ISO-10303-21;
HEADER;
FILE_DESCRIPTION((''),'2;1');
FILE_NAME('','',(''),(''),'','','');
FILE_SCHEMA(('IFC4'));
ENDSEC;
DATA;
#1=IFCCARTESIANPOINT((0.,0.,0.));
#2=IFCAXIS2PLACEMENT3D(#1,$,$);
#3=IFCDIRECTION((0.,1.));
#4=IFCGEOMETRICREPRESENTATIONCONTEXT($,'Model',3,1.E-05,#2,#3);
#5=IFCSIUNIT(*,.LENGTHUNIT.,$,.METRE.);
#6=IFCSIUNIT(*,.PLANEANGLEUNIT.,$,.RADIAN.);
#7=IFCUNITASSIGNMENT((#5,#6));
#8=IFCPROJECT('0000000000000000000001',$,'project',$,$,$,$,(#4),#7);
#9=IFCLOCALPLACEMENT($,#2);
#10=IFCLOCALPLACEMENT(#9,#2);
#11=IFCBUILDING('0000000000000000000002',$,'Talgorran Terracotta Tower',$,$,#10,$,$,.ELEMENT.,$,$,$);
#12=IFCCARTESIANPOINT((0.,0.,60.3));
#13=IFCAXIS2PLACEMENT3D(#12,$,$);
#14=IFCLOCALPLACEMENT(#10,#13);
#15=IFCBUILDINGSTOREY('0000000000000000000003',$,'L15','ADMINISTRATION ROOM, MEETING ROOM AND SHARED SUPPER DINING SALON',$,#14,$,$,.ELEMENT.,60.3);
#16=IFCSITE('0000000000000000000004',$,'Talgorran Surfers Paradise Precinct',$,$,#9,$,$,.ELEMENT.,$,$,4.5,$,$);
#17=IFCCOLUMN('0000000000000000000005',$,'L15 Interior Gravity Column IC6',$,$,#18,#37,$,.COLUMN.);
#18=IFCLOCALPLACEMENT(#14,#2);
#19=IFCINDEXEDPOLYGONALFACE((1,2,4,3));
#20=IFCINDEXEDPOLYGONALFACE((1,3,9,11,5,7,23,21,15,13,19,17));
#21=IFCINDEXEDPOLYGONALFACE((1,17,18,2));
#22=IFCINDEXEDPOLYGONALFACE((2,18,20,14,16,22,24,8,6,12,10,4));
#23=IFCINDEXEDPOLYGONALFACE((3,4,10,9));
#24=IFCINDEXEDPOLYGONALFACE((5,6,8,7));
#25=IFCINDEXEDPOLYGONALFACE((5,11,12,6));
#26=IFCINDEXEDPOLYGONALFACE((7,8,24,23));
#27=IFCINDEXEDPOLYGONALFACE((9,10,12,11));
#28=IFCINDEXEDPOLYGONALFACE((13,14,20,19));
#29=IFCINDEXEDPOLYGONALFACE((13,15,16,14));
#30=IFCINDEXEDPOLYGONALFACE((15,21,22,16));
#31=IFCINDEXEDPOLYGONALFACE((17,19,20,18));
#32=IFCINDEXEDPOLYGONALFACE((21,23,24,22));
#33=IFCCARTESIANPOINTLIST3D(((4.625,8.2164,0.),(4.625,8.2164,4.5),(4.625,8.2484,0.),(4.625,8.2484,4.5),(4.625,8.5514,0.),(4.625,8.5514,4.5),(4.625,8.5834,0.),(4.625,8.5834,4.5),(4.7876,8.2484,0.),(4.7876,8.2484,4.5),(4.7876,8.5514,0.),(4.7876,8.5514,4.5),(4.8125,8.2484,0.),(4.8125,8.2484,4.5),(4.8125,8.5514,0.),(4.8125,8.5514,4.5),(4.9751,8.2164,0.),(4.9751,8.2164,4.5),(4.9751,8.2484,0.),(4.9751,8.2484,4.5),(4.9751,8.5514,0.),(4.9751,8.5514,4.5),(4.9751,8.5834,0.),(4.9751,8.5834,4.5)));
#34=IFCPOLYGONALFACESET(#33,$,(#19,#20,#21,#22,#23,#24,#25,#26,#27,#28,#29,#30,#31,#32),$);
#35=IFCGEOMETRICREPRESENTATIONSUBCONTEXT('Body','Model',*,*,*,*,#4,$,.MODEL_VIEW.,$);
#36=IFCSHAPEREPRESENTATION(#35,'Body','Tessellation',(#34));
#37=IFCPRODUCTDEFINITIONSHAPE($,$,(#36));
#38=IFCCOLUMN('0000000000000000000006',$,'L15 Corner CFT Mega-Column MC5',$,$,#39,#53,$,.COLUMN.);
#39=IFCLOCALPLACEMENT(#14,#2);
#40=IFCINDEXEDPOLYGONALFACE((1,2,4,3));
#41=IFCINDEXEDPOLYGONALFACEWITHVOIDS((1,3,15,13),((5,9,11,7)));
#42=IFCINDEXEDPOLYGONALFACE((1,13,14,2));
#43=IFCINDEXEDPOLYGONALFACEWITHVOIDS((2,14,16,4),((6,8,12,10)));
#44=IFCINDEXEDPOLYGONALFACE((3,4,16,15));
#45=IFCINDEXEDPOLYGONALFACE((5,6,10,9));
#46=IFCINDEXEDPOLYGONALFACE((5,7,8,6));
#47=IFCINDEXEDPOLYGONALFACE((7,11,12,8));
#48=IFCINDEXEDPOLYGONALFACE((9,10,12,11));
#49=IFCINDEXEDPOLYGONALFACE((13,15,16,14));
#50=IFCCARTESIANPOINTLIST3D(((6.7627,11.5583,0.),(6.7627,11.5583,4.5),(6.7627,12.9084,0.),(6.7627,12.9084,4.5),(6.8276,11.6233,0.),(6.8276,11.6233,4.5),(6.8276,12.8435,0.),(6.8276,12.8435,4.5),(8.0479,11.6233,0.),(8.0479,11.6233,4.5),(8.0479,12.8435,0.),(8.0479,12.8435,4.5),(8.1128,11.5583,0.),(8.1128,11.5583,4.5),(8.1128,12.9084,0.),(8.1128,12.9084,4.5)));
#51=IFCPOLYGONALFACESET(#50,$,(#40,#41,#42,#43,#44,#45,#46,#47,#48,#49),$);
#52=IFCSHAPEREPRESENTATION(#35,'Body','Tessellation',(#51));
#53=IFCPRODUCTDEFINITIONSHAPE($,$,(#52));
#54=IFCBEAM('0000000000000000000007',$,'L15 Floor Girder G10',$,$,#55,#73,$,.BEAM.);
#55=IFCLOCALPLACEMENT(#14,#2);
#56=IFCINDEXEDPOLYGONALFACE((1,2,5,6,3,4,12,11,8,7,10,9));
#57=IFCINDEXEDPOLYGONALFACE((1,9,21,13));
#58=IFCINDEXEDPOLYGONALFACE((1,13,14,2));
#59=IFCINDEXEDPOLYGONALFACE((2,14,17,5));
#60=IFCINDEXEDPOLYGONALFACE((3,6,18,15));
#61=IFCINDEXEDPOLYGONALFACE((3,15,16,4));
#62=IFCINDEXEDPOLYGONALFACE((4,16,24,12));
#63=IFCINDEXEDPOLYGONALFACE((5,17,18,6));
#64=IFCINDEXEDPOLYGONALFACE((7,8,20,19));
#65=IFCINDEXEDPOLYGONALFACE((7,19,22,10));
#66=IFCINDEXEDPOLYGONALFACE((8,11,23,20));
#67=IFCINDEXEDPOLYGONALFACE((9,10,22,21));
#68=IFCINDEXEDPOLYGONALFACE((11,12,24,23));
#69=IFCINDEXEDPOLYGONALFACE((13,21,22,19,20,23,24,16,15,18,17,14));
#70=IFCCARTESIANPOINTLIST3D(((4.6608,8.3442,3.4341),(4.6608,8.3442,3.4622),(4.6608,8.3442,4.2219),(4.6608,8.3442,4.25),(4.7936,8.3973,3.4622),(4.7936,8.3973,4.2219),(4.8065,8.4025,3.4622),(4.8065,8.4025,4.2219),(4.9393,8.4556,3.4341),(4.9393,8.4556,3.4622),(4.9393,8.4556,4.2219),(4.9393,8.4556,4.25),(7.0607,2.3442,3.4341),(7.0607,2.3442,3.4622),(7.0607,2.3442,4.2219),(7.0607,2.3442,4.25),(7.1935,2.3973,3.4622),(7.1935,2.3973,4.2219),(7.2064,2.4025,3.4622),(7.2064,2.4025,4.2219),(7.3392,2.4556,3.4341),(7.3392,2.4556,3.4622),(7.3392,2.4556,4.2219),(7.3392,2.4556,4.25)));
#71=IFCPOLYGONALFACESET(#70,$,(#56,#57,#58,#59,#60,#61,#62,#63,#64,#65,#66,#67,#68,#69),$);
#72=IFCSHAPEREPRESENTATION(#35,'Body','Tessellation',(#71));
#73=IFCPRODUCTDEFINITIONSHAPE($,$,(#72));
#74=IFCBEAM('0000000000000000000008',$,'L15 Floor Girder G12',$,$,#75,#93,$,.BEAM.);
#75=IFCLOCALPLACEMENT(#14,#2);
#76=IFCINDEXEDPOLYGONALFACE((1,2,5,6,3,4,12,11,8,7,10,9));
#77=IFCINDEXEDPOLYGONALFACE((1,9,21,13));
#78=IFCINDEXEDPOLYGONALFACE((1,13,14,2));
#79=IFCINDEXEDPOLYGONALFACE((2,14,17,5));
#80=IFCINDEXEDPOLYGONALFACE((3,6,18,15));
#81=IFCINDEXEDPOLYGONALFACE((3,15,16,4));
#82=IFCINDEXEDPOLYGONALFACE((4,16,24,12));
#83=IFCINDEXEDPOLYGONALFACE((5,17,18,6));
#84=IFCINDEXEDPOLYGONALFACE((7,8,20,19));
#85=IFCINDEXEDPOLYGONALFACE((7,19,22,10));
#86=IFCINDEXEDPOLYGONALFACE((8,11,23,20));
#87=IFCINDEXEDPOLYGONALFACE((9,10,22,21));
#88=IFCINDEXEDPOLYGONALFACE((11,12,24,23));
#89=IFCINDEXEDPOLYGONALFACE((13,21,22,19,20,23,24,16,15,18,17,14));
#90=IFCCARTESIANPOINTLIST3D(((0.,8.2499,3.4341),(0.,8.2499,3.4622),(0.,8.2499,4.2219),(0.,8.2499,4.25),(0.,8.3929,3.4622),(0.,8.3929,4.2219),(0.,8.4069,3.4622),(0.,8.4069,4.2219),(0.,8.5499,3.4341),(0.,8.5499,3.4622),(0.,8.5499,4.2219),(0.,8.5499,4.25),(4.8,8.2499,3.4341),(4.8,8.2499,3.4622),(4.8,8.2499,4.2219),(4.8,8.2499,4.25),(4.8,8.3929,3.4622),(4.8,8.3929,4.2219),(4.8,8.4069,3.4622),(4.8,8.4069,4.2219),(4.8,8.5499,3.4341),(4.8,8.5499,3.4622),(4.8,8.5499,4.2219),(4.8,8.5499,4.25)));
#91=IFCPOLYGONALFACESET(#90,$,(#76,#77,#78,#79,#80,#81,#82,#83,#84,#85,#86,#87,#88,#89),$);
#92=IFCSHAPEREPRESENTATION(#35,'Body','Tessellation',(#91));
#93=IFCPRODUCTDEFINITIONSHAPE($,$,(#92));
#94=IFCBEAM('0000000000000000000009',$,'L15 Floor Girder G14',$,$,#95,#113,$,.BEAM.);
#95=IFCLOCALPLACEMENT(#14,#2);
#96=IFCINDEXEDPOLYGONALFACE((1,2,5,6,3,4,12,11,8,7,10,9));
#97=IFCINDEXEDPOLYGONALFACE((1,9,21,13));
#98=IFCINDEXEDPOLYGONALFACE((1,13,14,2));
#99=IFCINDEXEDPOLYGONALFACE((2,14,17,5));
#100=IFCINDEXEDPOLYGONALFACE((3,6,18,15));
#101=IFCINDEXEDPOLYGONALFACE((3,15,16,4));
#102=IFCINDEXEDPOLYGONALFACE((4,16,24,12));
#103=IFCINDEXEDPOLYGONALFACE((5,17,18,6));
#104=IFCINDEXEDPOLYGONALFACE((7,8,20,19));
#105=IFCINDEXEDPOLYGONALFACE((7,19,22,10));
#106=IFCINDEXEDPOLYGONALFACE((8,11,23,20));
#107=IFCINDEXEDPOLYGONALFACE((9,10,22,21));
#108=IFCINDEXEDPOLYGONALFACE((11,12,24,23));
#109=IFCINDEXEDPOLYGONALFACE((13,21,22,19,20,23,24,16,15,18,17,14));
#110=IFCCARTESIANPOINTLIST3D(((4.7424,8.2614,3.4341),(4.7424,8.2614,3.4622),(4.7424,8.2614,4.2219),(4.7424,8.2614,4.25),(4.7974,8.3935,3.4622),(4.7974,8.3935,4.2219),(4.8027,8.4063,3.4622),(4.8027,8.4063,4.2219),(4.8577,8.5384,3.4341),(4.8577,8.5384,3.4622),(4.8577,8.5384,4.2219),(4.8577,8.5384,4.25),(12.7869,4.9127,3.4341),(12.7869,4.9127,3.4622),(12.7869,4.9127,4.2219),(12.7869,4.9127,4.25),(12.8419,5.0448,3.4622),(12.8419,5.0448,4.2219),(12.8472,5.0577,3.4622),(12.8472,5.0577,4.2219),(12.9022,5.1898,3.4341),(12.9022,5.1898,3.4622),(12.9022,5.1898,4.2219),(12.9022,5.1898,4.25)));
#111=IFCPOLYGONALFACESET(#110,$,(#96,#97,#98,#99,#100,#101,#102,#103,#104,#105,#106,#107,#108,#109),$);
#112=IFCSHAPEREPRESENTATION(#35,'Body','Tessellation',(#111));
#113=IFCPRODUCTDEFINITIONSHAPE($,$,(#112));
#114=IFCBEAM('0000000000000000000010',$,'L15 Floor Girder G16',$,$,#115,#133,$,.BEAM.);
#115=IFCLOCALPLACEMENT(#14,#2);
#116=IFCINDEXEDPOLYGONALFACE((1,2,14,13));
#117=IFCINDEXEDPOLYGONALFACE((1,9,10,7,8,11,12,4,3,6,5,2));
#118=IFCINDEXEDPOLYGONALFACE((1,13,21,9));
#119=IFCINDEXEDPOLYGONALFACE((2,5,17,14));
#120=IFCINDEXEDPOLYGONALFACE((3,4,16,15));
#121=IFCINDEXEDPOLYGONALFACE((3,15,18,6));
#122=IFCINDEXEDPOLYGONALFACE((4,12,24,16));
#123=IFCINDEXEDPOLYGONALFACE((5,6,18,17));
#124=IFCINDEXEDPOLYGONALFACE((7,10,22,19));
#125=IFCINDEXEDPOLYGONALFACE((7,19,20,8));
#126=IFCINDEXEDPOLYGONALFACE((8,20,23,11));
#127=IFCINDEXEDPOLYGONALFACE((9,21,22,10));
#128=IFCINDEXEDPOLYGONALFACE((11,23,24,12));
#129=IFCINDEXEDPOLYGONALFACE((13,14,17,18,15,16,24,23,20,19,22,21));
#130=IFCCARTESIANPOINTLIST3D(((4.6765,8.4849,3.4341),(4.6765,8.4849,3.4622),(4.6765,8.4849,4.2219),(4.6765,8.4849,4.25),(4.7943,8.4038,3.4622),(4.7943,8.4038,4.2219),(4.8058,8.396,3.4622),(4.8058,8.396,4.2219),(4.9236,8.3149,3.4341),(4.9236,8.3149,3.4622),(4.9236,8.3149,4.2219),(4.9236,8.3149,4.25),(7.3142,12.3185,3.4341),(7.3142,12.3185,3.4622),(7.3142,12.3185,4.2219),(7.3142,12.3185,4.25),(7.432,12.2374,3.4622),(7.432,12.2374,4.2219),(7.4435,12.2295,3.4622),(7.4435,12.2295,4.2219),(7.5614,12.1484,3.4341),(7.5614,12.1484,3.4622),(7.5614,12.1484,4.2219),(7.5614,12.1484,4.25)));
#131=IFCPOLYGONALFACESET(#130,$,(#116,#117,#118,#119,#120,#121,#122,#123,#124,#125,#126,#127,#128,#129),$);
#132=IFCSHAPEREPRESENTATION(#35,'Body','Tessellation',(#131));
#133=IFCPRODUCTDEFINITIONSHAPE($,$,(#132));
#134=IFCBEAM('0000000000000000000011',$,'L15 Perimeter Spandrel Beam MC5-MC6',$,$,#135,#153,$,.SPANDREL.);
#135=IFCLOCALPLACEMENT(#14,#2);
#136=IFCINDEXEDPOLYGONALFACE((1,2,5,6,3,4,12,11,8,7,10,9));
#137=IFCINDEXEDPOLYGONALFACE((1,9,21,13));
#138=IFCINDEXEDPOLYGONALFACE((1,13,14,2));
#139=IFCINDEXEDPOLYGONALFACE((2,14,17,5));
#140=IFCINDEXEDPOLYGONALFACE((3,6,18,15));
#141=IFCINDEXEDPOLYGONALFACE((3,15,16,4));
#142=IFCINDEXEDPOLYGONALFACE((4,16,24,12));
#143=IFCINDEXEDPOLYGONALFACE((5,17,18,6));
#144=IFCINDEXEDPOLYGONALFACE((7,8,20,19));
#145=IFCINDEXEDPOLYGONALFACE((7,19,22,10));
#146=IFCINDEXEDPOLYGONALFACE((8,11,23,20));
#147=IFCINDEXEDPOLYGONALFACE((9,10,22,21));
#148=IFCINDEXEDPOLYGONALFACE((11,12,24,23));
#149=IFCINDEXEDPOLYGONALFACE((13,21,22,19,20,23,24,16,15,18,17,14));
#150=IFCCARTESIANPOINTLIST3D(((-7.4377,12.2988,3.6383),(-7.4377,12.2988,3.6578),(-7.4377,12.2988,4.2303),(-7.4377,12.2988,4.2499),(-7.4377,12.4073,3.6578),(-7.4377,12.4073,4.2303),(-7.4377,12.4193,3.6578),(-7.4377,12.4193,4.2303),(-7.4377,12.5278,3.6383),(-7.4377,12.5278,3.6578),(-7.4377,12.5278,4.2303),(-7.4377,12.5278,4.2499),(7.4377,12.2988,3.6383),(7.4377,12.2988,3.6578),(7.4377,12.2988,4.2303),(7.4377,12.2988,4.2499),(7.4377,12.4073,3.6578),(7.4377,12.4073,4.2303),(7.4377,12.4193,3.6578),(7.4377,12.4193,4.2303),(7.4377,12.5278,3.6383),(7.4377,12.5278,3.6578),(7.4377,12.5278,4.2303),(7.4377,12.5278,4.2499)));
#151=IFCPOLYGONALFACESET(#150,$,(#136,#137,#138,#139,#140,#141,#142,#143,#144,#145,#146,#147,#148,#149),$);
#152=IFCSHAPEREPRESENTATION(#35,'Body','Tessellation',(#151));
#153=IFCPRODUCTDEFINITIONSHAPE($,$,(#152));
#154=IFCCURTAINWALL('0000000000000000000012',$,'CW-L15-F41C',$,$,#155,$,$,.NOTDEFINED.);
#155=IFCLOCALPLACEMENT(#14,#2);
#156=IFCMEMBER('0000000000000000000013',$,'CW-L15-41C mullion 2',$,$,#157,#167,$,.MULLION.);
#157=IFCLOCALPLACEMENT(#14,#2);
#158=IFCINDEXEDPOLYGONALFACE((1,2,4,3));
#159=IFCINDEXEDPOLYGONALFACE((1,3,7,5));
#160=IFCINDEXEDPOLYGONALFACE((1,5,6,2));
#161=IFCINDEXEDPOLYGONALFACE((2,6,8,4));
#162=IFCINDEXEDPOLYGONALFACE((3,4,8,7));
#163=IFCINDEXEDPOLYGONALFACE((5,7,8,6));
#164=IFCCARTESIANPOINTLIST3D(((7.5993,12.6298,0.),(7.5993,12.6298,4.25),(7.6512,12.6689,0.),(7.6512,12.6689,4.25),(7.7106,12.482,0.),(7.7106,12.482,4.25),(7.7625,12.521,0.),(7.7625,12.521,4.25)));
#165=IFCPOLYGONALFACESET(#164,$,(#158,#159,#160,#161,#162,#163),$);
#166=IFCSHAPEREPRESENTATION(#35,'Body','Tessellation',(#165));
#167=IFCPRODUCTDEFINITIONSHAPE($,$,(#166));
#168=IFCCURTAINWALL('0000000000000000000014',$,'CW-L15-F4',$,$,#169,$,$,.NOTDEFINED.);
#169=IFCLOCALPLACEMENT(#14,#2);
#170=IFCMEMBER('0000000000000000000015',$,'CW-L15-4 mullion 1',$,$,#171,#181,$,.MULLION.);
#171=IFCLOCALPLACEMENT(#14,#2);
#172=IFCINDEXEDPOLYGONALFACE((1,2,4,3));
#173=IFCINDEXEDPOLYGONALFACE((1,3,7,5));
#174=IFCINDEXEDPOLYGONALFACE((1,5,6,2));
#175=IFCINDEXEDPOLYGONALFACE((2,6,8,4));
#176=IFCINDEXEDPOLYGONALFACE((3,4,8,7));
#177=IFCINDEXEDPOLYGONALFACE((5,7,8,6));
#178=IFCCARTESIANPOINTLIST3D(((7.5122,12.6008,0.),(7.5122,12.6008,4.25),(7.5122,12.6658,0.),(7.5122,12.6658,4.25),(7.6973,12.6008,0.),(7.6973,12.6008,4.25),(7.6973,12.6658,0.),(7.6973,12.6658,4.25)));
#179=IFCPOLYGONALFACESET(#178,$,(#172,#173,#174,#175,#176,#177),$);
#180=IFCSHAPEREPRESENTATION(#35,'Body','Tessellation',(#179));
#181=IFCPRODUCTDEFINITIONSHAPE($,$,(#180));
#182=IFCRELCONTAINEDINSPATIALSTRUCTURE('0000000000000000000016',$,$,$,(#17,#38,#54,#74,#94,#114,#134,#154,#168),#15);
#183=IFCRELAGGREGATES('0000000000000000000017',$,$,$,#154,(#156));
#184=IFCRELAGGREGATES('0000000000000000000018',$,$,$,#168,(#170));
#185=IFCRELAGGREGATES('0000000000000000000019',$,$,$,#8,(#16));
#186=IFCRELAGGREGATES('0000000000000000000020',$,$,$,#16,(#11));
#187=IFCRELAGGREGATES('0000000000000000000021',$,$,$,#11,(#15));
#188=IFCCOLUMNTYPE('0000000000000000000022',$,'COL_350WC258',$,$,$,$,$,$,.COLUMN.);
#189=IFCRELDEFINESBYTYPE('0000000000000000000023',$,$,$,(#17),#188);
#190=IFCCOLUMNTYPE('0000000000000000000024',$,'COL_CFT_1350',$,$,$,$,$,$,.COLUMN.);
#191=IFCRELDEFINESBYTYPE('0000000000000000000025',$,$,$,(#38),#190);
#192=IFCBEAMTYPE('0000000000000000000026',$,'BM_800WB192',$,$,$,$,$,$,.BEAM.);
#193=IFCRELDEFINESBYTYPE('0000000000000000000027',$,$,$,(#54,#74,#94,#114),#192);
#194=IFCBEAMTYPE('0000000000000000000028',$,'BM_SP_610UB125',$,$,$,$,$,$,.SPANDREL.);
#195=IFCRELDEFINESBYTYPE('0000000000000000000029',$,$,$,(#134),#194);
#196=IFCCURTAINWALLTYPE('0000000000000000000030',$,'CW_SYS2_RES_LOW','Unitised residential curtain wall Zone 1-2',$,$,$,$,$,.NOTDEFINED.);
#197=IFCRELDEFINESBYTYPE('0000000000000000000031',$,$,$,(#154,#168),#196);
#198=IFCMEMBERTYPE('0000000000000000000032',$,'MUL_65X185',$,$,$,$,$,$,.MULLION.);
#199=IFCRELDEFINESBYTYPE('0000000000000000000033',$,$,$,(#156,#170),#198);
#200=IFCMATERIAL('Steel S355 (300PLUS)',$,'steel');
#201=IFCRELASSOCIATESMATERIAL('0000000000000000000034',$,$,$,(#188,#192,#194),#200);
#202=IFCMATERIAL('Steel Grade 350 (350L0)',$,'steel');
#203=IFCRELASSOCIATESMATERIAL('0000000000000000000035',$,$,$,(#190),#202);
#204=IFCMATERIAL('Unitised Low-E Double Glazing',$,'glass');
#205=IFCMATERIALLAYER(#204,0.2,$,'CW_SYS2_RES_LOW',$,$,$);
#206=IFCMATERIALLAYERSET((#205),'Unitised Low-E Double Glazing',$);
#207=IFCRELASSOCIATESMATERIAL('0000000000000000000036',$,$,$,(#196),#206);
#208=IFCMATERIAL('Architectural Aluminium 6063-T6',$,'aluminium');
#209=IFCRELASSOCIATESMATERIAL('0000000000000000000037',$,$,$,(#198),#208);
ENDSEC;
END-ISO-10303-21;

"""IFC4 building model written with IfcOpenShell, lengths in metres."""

from ifc_helpers import new_model, si_unit, direction, frame, origin, origin_2d, place, context, subcontext, project, spatial, rectangle, hollow_rectangle, i_section, extrude, material, layer, layer_set, material_profile, profile_set, type_object, element, aggregate, save


model = new_model("IFC4")

# Units and contexts
model_context = context("Model", 3, precision=1e-05, world=origin(), true_north=direction((0.0, 1.0)))
body_context = subcontext(model_context, "Body", "Model", "MODEL_VIEW")
ifc_project = project(units=[si_unit("LENGTHUNIT", "METRE"), si_unit("PLANEANGLEUNIT", "RADIAN")], contexts=[model_context])

# Site, building, storey
site_placement = place(None, origin())
site = spatial("IfcSite", under=ifc_project, at=site_placement, Name="Talgorran Surfers Paradise Precinct", CompositionType="ELEMENT", RefElevation=4.5)
building_placement = place(site_placement, origin())
building = spatial("IfcBuilding", under=site, at=building_placement, Name="Talgorran Terracotta Tower", CompositionType="ELEMENT")
storey_placement = place(building_placement, frame((0.0, 0.0, 60.3)))
storey = spatial("IfcBuildingStorey", under=building, at=storey_placement, Name="L15", Description="ADMINISTRATION ROOM, MEETING ROOM AND SHARED SUPPER DINING SALON", CompositionType="ELEMENT", Elevation=60.3)

# Columns
ifc_material_1 = material(Name="Steel S355 (300PLUS)", Category="steel")
ifc_material_profile_1 = material_profile(ifc_material_1, i_section(OverallWidth=0.3501, OverallDepth=0.3669, WebThickness=0.0249, FlangeThickness=0.032, at=origin_2d()), Name="350WC258")
ifc_profile_set_1 = profile_set([ifc_material_profile_1], Name="Steel S355 (300PLUS)")
column_type_1 = type_object("IfcColumnType", Name="COL_350WC258", PredefinedType="COLUMN", material=ifc_profile_set_1)
column_1_placement = place(storey_placement, frame((4.8, 8.3999, 0.0), z_axis=(0.0, 0.0, 1.0), x_axis=(1.0, 0.0, 0.0)))
element("IfcColumn", 1, at=column_1_placement, inside=storey, type_object=column_type_1, Name="L15 Interior Gravity Column IC6", PredefinedType="COLUMN", context=body_context, shape_type="SweptSolid", body=[
    extrude(i_section(OverallWidth=0.3501, OverallDepth=0.3669, WebThickness=0.0249, FlangeThickness=0.032, at=origin_2d()), origin(), (0.0, 0.0, 1.0), 4.5),
])
ifc_material_2 = material(Name="Steel Grade 350 (350L0)", Category="steel")
ifc_material_profile_2 = material_profile(ifc_material_2, hollow_rectangle(XDim=1.3501, YDim=1.3501, WallThickness=0.0649, at=origin_2d()), Name="CFT1350X1350X65")
ifc_profile_set_2 = profile_set([ifc_material_profile_2], Name="Steel Grade 350 (350L0)")
column_type_2 = type_object("IfcColumnType", Name="COL_CFT_1350", PredefinedType="COLUMN", material=ifc_profile_set_2)
column_2_placement = place(storey_placement, frame((7.4377, 12.2334, 0.0), z_axis=(0.0, 0.0, 1.0), x_axis=(1.0, 0.0, 0.0)))
element("IfcColumn", 2, at=column_2_placement, inside=storey, type_object=column_type_2, Name="L15 Corner CFT Mega-Column MC5", PredefinedType="COLUMN", context=body_context, shape_type="SweptSolid", body=[
    extrude(hollow_rectangle(XDim=1.3501, YDim=1.3501, WallThickness=0.0649, at=origin_2d()), origin(), (0.0, 0.0, 1.0), 4.5),
])

# Beams
ifc_material_profile_3 = material_profile(ifc_material_1, i_section(OverallWidth=0.3, OverallDepth=0.8159, WebThickness=0.0139, FlangeThickness=0.0281, at=origin_2d()), Name="800WB192")
ifc_profile_set_3 = profile_set([ifc_material_profile_3], Name="Steel S355 (300PLUS)")
beam_type_1 = type_object("IfcBeamType", Name="BM_800WB192", PredefinedType="BEAM", material=ifc_profile_set_3)
beam_1_placement = place(storey_placement, frame((7.2, 2.3999, 3.842), z_axis=(-0.371378, 0.928482, 0.0), x_axis=(-0.928482, -0.371378, 0.0)))
element("IfcBeam", 3, at=beam_1_placement, inside=storey, type_object=beam_type_1, Name="L15 Floor Girder G10", PredefinedType="BEAM", context=body_context, shape_type="SweptSolid", body=[
    extrude(i_section(OverallWidth=0.3, OverallDepth=0.8159, WebThickness=0.0139, FlangeThickness=0.0281, at=origin_2d()), origin(), (0.0, 0.0, 1.0), 6.4622),
])
beam_2_placement = place(storey_placement, frame((0.0, 8.3999, 3.842), z_axis=(1.0, 0.0, 0.0), x_axis=(0.0, 1.0, 0.0)))
element("IfcBeam", 4, at=beam_2_placement, inside=storey, type_object=beam_type_1, Name="L15 Floor Girder G12", PredefinedType="BEAM", context=body_context, shape_type="SweptSolid", body=[
    extrude(i_section(OverallWidth=0.3, OverallDepth=0.8159, WebThickness=0.0139, FlangeThickness=0.0281, at=origin_2d()), origin(), (0.0, 0.0, 1.0), 4.8),
])
beam_3_placement = place(storey_placement, frame((4.8, 8.3999, 3.842), z_axis=(0.923208, -0.384301, 0.0), x_axis=(0.384301, 0.923208, 0.0)))
element("IfcBeam", 5, at=beam_3_placement, inside=storey, type_object=beam_type_1, Name="L15 Floor Girder G14", PredefinedType="BEAM", context=body_context, shape_type="SweptSolid", body=[
    extrude(i_section(OverallWidth=0.3, OverallDepth=0.8159, WebThickness=0.0139, FlangeThickness=0.0281, at=origin_2d()), origin(), (0.0, 0.0, 1.0), 8.7136),
])
beam_4_placement = place(storey_placement, frame((4.8, 8.3999, 3.842), z_axis=(0.566845, 0.823824, 0.0), x_axis=(-0.823824, 0.566845, 0.0)))
element("IfcBeam", 6, at=beam_4_placement, inside=storey, type_object=beam_type_1, Name="L15 Floor Girder G16", PredefinedType="BEAM", context=body_context, shape_type="SweptSolid", body=[
    extrude(i_section(OverallWidth=0.3, OverallDepth=0.8159, WebThickness=0.0139, FlangeThickness=0.0281, at=origin_2d()), origin(), (0.0, 0.0, 1.0), 4.6533),
])
ifc_material_profile_4 = material_profile(ifc_material_1, i_section(OverallWidth=0.229, OverallDepth=0.6116, WebThickness=0.012, FlangeThickness=0.0195, at=origin_2d()), Name="610UB125")
ifc_profile_set_4 = profile_set([ifc_material_profile_4], Name="Steel S355 (300PLUS)")
beam_type_2 = type_object("IfcBeamType", Name="BM_SP_610UB125", PredefinedType="SPANDREL", material=ifc_profile_set_4)
beam_5_placement = place(storey_placement, frame((7.4377, 12.4133, 3.9441), z_axis=(-1.0, 0.0, 0.0), x_axis=(0.0, -1.0, 0.0)))
element("IfcBeam", 7, at=beam_5_placement, inside=storey, type_object=beam_type_2, Name="L15 Perimeter Spandrel Beam MC5-MC6", PredefinedType="SPANDREL", context=body_context, shape_type="SweptSolid", body=[
    extrude(i_section(OverallWidth=0.229, OverallDepth=0.6116, WebThickness=0.012, FlangeThickness=0.0195, at=origin_2d()), origin(), (0.0, 0.0, 1.0), 14.8755),
])

# Curtain wall, member
ifc_material_3 = material(Name="Unitised Low-E Double Glazing", Category="glass")
ifc_layer_1 = layer(ifc_material_3, 0.2, Name="CW_SYS2_RES_LOW")
ifc_layer_set_1 = layer_set([ifc_layer_1], Name="Unitised Low-E Double Glazing")
curtain_wall_type = type_object("IfcCurtainWallType", Name="CW_SYS2_RES_LOW", Description="Unitised residential curtain wall Zone 1-2", PredefinedType="NOTDEFINED", material=ifc_layer_set_1)
curtain_wall_1_placement = place(storey_placement, origin())
curtain_wall_1 = element("IfcCurtainWall", 8, at=curtain_wall_1_placement, inside=storey, type_object=curtain_wall_type, Name="CW-L15-F41C", PredefinedType="NOTDEFINED")
ifc_material_4 = material(Name="Architectural Aluminium 6063-T6", Category="aluminium")
ifc_material_profile_5 = material_profile(ifc_material_4, rectangle(XDim=0.0649, YDim=0.1851, at=origin_2d()), Name="CWM65X185")
ifc_profile_set_5 = profile_set([ifc_material_profile_5], Name="Architectural Aluminium 6063-T6")
member_type_1 = type_object("IfcMemberType", Name="MUL_65X185", PredefinedType="MULLION", material=ifc_profile_set_5)
member_1_placement = place(storey_placement, frame((7.6809, 12.5754, 0.0), z_axis=(0.0, 0.0, 1.0), x_axis=(-0.798906, -0.601456, 0.0)))
member_1 = element("IfcMember", 9, at=member_1_placement, type_object=member_type_1, Name="CW-L15-41C mullion 2", PredefinedType="MULLION", context=body_context, shape_type="SweptSolid", body=[
    extrude(rectangle(XDim=0.0649, YDim=0.1851, at=origin_2d()), origin(), (0.0, 0.0, 1.0), 4.25),
])

# Curtain wall, member
curtain_wall_2_placement = place(storey_placement, origin())
curtain_wall_2 = element("IfcCurtainWall", 10, at=curtain_wall_2_placement, inside=storey, type_object=curtain_wall_type, Name="CW-L15-F4", PredefinedType="NOTDEFINED")
member_2_placement = place(storey_placement, frame((7.6047, 12.6333, 0.0), z_axis=(0.0, 0.0, 1.0), x_axis=(0.0, -1.0, 0.0)))
member_2 = element("IfcMember", 11, at=member_2_placement, type_object=member_type_1, Name="CW-L15-4 mullion 1", PredefinedType="MULLION", context=body_context, shape_type="SweptSolid", body=[
    extrude(rectangle(XDim=0.0649, YDim=0.1851, at=origin_2d()), origin(), (0.0, 0.0, 1.0), 4.25),
])

aggregate(curtain_wall_1, [member_1])
aggregate(curtain_wall_2, [member_2])

save(model, "model.ifc")
